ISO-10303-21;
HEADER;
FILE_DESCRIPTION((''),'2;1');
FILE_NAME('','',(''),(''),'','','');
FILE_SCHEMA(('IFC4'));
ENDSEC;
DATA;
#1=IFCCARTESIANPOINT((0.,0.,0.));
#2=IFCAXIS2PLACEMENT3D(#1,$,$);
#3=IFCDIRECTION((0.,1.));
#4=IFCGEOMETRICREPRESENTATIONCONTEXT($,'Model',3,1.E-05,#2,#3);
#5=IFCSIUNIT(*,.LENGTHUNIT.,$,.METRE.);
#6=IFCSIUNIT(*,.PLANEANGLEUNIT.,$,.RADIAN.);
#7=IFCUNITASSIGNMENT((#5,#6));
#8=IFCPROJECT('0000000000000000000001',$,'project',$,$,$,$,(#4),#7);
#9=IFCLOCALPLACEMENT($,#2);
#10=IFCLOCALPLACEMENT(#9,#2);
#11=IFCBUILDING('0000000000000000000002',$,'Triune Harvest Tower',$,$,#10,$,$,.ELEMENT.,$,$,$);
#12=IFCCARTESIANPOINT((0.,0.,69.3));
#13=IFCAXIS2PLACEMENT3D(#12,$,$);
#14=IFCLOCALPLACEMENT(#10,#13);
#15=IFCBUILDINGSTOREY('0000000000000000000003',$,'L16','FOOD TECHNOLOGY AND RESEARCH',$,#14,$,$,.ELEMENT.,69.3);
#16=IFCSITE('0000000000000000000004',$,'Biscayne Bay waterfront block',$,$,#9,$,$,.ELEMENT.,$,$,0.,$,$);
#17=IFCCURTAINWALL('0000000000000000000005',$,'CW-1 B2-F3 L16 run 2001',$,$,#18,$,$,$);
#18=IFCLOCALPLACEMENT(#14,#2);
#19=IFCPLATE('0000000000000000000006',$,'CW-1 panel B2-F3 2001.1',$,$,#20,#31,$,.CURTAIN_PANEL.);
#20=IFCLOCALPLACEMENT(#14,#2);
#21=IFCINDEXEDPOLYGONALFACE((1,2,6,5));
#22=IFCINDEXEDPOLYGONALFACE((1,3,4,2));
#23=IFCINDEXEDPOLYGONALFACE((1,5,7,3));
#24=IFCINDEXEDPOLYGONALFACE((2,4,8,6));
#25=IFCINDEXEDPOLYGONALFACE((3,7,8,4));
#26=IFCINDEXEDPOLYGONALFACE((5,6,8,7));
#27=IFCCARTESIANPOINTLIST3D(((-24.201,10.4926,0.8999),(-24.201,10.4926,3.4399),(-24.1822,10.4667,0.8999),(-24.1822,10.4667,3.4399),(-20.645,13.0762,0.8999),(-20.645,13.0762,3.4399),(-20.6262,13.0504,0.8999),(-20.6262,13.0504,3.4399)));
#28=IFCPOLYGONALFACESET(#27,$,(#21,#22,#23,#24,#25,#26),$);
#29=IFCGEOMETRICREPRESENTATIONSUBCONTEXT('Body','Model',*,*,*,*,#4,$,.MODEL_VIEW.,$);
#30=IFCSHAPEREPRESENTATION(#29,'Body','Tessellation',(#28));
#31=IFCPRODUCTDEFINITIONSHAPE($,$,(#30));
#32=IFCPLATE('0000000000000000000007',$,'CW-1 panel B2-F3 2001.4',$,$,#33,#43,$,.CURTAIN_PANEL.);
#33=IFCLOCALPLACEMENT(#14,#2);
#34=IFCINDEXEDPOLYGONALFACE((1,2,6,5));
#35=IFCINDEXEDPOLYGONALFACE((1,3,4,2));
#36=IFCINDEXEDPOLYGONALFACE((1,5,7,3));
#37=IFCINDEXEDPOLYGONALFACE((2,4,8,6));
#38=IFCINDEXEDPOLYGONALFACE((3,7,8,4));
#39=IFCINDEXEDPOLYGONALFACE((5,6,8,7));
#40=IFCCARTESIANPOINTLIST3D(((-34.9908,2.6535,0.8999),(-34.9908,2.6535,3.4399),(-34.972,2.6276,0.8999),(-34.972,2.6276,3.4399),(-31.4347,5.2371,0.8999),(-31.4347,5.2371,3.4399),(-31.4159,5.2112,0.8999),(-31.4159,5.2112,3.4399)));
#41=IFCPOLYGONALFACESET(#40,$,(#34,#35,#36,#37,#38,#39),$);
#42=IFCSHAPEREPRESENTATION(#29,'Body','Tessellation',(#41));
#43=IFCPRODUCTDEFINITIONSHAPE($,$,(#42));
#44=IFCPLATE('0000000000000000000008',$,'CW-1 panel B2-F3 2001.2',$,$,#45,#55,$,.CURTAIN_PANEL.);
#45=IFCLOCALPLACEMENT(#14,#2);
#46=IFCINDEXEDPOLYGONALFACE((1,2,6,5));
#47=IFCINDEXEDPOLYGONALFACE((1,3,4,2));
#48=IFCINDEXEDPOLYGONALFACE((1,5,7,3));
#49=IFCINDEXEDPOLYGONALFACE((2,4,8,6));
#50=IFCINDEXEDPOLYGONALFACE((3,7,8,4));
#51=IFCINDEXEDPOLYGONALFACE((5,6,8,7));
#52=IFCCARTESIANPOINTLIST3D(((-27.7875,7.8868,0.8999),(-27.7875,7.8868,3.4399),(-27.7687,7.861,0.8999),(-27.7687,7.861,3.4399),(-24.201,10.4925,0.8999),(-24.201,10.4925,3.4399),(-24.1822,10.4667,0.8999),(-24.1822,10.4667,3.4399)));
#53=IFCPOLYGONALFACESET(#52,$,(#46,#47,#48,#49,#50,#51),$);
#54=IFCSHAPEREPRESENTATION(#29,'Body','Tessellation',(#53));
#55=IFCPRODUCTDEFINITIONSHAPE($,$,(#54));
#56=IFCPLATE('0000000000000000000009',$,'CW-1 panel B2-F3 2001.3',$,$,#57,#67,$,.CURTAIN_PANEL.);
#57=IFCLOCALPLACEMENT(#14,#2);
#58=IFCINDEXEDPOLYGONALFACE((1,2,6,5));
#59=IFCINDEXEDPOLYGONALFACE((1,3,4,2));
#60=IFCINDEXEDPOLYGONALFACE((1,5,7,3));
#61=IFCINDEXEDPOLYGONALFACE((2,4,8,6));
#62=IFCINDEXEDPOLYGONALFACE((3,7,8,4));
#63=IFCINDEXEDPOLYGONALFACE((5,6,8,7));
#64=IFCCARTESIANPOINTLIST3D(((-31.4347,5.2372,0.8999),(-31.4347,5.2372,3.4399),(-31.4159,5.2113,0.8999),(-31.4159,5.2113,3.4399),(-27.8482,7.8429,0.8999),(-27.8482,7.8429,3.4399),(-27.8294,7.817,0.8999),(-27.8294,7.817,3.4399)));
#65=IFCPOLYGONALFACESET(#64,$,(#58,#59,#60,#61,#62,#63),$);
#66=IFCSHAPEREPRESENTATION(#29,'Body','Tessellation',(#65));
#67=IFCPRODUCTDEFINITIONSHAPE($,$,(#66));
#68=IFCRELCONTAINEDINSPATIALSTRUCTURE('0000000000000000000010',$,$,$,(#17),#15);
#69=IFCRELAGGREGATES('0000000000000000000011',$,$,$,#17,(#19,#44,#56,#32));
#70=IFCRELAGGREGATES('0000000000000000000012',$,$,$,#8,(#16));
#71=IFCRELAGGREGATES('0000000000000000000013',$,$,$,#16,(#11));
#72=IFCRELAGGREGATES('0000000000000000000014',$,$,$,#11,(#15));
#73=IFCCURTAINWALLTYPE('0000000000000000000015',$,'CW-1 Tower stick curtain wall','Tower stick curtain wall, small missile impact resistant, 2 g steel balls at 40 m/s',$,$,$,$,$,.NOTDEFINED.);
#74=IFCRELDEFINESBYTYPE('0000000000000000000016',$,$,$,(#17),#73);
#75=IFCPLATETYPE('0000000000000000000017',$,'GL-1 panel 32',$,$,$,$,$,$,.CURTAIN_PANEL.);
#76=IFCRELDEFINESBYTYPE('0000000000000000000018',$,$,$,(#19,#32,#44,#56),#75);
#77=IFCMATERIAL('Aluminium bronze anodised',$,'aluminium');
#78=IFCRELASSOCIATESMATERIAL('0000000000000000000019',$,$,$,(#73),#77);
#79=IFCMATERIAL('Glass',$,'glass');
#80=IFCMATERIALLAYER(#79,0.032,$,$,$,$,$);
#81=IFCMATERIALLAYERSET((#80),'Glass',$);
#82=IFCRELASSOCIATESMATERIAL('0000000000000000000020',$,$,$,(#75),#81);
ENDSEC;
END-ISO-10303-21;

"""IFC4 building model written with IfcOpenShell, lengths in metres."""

from ifc_helpers import new_model, si_unit, direction, frame, origin, origin_2d, place, context, subcontext, project, spatial, rectangle, extrude, source, transform, mapped, material, layer, layer_set, type_object, element, aggregate, save


model = new_model("IFC4")

# Units and contexts
model_context = context("Model", 3, precision=1e-05, world=origin(), true_north=direction((0.0, 1.0)))
body_context = subcontext(model_context, "Body", "Model", "MODEL_VIEW")
ifc_project = project(units=[si_unit("LENGTHUNIT", "METRE"), si_unit("PLANEANGLEUNIT", "RADIAN")], contexts=[model_context])

# Site, building, storey
site_placement = place(None, origin())
site = spatial("IfcSite", under=ifc_project, at=site_placement, Name="Biscayne Bay waterfront block", CompositionType="ELEMENT", RefElevation=0.0)
building_placement = place(site_placement, origin())
building = spatial("IfcBuilding", under=site, at=building_placement, Name="Triune Harvest Tower", CompositionType="ELEMENT")
storey_placement = place(building_placement, frame((0.0, 0.0, 69.3)))
storey = spatial("IfcBuildingStorey", under=building, at=storey_placement, Name="L16", Description="FOOD TECHNOLOGY AND RESEARCH", CompositionType="ELEMENT", Elevation=69.3)

# Curtain wall
ifc_material_1 = material(Name="Aluminium bronze anodised", Category="aluminium")
curtain_wall_type = type_object("IfcCurtainWallType", Name="CW-1 Tower stick curtain wall", Description="Tower stick curtain wall, small missile impact resistant, 2 g steel balls at 40 m/s", PredefinedType="NOTDEFINED", material=ifc_material_1)
curtain_wall_1_placement = place(storey_placement, origin())
curtain_wall_1 = element("IfcCurtainWall", 1, at=curtain_wall_1_placement, inside=storey, type_object=curtain_wall_type, Name="CW-1 B2-F3 L16 run 2001")

# Plates
ifc_material_2 = material(Name="Glass", Category="glass")
ifc_layer = layer(ifc_material_2, 0.032)
ifc_layer_set = layer_set([ifc_layer], Name="Glass")
plate_type = type_object("IfcPlateType", Name="GL-1 panel 32", PredefinedType="CURTAIN_PANEL", material=ifc_layer_set)
shared_shape_1 = source(origin(), body_context, "Body", "SweptSolid", [
    extrude(rectangle(XDim=4.3955, YDim=0.032, at=origin_2d()), origin(), (0.0, 0.0, 1.0), 2.54),
])
plate_1_placement = place(storey_placement, frame((-22.4136, 11.7715, 0.8999), z_axis=(0.0, 0.0, 1.0), x_axis=(-0.809018, -0.587783, 0.0)))
plate_1 = element("IfcPlate", 2, at=plate_1_placement, type_object=plate_type, Name="CW-1 panel B2-F3 2001.1", PredefinedType="CURTAIN_PANEL", context=body_context, shape_type="MappedRepresentation", body=[
    mapped(shared_shape_1, transform((0.0, 0.0, 0.0), scale=1.0)),
])
plate_2_placement = place(storey_placement, frame((-33.2034, 3.9324, 0.8999), z_axis=(0.0, 0.0, 1.0), x_axis=(-0.809018, -0.587783, 0.0)))
plate_2 = element("IfcPlate", 3, at=plate_2_placement, type_object=plate_type, Name="CW-1 panel B2-F3 2001.4", PredefinedType="CURTAIN_PANEL", context=body_context, shape_type="MappedRepresentation", body=[
    mapped(shared_shape_1, transform((0.0, 0.0, 0.0), scale=1.0)),
])
shared_shape_2 = source(origin(), body_context, "Body", "SweptSolid", [
    extrude(rectangle(XDim=4.4331, YDim=0.032, at=origin_2d()), origin(), (0.0, 0.0, 1.0), 2.54),
])
plate_3_placement = place(storey_placement, frame((-25.9849, 9.1768, 0.8999), z_axis=(0.0, 0.0, 1.0), x_axis=(-0.809018, -0.587783, 0.0)))
plate_3 = element("IfcPlate", 4, at=plate_3_placement, type_object=plate_type, Name="CW-1 panel B2-F3 2001.2", PredefinedType="CURTAIN_PANEL", context=body_context, shape_type="MappedRepresentation", body=[
    mapped(shared_shape_2, transform((0.0, 0.0, 0.0), scale=1.0)),
])
plate_4_placement = place(storey_placement, frame((-29.6321, 6.5271, 0.8999), z_axis=(0.0, 0.0, 1.0), x_axis=(-0.809018, -0.587783, 0.0)))
plate_4 = element("IfcPlate", 5, at=plate_4_placement, type_object=plate_type, Name="CW-1 panel B2-F3 2001.3", PredefinedType="CURTAIN_PANEL", context=body_context, shape_type="MappedRepresentation", body=[
    mapped(shared_shape_2, transform((0.0, 0.0, 0.0), scale=1.0)),
])
aggregate(curtain_wall_1, [plate_1, plate_3, plate_4, plate_2])

save(model, "model.ifc")
